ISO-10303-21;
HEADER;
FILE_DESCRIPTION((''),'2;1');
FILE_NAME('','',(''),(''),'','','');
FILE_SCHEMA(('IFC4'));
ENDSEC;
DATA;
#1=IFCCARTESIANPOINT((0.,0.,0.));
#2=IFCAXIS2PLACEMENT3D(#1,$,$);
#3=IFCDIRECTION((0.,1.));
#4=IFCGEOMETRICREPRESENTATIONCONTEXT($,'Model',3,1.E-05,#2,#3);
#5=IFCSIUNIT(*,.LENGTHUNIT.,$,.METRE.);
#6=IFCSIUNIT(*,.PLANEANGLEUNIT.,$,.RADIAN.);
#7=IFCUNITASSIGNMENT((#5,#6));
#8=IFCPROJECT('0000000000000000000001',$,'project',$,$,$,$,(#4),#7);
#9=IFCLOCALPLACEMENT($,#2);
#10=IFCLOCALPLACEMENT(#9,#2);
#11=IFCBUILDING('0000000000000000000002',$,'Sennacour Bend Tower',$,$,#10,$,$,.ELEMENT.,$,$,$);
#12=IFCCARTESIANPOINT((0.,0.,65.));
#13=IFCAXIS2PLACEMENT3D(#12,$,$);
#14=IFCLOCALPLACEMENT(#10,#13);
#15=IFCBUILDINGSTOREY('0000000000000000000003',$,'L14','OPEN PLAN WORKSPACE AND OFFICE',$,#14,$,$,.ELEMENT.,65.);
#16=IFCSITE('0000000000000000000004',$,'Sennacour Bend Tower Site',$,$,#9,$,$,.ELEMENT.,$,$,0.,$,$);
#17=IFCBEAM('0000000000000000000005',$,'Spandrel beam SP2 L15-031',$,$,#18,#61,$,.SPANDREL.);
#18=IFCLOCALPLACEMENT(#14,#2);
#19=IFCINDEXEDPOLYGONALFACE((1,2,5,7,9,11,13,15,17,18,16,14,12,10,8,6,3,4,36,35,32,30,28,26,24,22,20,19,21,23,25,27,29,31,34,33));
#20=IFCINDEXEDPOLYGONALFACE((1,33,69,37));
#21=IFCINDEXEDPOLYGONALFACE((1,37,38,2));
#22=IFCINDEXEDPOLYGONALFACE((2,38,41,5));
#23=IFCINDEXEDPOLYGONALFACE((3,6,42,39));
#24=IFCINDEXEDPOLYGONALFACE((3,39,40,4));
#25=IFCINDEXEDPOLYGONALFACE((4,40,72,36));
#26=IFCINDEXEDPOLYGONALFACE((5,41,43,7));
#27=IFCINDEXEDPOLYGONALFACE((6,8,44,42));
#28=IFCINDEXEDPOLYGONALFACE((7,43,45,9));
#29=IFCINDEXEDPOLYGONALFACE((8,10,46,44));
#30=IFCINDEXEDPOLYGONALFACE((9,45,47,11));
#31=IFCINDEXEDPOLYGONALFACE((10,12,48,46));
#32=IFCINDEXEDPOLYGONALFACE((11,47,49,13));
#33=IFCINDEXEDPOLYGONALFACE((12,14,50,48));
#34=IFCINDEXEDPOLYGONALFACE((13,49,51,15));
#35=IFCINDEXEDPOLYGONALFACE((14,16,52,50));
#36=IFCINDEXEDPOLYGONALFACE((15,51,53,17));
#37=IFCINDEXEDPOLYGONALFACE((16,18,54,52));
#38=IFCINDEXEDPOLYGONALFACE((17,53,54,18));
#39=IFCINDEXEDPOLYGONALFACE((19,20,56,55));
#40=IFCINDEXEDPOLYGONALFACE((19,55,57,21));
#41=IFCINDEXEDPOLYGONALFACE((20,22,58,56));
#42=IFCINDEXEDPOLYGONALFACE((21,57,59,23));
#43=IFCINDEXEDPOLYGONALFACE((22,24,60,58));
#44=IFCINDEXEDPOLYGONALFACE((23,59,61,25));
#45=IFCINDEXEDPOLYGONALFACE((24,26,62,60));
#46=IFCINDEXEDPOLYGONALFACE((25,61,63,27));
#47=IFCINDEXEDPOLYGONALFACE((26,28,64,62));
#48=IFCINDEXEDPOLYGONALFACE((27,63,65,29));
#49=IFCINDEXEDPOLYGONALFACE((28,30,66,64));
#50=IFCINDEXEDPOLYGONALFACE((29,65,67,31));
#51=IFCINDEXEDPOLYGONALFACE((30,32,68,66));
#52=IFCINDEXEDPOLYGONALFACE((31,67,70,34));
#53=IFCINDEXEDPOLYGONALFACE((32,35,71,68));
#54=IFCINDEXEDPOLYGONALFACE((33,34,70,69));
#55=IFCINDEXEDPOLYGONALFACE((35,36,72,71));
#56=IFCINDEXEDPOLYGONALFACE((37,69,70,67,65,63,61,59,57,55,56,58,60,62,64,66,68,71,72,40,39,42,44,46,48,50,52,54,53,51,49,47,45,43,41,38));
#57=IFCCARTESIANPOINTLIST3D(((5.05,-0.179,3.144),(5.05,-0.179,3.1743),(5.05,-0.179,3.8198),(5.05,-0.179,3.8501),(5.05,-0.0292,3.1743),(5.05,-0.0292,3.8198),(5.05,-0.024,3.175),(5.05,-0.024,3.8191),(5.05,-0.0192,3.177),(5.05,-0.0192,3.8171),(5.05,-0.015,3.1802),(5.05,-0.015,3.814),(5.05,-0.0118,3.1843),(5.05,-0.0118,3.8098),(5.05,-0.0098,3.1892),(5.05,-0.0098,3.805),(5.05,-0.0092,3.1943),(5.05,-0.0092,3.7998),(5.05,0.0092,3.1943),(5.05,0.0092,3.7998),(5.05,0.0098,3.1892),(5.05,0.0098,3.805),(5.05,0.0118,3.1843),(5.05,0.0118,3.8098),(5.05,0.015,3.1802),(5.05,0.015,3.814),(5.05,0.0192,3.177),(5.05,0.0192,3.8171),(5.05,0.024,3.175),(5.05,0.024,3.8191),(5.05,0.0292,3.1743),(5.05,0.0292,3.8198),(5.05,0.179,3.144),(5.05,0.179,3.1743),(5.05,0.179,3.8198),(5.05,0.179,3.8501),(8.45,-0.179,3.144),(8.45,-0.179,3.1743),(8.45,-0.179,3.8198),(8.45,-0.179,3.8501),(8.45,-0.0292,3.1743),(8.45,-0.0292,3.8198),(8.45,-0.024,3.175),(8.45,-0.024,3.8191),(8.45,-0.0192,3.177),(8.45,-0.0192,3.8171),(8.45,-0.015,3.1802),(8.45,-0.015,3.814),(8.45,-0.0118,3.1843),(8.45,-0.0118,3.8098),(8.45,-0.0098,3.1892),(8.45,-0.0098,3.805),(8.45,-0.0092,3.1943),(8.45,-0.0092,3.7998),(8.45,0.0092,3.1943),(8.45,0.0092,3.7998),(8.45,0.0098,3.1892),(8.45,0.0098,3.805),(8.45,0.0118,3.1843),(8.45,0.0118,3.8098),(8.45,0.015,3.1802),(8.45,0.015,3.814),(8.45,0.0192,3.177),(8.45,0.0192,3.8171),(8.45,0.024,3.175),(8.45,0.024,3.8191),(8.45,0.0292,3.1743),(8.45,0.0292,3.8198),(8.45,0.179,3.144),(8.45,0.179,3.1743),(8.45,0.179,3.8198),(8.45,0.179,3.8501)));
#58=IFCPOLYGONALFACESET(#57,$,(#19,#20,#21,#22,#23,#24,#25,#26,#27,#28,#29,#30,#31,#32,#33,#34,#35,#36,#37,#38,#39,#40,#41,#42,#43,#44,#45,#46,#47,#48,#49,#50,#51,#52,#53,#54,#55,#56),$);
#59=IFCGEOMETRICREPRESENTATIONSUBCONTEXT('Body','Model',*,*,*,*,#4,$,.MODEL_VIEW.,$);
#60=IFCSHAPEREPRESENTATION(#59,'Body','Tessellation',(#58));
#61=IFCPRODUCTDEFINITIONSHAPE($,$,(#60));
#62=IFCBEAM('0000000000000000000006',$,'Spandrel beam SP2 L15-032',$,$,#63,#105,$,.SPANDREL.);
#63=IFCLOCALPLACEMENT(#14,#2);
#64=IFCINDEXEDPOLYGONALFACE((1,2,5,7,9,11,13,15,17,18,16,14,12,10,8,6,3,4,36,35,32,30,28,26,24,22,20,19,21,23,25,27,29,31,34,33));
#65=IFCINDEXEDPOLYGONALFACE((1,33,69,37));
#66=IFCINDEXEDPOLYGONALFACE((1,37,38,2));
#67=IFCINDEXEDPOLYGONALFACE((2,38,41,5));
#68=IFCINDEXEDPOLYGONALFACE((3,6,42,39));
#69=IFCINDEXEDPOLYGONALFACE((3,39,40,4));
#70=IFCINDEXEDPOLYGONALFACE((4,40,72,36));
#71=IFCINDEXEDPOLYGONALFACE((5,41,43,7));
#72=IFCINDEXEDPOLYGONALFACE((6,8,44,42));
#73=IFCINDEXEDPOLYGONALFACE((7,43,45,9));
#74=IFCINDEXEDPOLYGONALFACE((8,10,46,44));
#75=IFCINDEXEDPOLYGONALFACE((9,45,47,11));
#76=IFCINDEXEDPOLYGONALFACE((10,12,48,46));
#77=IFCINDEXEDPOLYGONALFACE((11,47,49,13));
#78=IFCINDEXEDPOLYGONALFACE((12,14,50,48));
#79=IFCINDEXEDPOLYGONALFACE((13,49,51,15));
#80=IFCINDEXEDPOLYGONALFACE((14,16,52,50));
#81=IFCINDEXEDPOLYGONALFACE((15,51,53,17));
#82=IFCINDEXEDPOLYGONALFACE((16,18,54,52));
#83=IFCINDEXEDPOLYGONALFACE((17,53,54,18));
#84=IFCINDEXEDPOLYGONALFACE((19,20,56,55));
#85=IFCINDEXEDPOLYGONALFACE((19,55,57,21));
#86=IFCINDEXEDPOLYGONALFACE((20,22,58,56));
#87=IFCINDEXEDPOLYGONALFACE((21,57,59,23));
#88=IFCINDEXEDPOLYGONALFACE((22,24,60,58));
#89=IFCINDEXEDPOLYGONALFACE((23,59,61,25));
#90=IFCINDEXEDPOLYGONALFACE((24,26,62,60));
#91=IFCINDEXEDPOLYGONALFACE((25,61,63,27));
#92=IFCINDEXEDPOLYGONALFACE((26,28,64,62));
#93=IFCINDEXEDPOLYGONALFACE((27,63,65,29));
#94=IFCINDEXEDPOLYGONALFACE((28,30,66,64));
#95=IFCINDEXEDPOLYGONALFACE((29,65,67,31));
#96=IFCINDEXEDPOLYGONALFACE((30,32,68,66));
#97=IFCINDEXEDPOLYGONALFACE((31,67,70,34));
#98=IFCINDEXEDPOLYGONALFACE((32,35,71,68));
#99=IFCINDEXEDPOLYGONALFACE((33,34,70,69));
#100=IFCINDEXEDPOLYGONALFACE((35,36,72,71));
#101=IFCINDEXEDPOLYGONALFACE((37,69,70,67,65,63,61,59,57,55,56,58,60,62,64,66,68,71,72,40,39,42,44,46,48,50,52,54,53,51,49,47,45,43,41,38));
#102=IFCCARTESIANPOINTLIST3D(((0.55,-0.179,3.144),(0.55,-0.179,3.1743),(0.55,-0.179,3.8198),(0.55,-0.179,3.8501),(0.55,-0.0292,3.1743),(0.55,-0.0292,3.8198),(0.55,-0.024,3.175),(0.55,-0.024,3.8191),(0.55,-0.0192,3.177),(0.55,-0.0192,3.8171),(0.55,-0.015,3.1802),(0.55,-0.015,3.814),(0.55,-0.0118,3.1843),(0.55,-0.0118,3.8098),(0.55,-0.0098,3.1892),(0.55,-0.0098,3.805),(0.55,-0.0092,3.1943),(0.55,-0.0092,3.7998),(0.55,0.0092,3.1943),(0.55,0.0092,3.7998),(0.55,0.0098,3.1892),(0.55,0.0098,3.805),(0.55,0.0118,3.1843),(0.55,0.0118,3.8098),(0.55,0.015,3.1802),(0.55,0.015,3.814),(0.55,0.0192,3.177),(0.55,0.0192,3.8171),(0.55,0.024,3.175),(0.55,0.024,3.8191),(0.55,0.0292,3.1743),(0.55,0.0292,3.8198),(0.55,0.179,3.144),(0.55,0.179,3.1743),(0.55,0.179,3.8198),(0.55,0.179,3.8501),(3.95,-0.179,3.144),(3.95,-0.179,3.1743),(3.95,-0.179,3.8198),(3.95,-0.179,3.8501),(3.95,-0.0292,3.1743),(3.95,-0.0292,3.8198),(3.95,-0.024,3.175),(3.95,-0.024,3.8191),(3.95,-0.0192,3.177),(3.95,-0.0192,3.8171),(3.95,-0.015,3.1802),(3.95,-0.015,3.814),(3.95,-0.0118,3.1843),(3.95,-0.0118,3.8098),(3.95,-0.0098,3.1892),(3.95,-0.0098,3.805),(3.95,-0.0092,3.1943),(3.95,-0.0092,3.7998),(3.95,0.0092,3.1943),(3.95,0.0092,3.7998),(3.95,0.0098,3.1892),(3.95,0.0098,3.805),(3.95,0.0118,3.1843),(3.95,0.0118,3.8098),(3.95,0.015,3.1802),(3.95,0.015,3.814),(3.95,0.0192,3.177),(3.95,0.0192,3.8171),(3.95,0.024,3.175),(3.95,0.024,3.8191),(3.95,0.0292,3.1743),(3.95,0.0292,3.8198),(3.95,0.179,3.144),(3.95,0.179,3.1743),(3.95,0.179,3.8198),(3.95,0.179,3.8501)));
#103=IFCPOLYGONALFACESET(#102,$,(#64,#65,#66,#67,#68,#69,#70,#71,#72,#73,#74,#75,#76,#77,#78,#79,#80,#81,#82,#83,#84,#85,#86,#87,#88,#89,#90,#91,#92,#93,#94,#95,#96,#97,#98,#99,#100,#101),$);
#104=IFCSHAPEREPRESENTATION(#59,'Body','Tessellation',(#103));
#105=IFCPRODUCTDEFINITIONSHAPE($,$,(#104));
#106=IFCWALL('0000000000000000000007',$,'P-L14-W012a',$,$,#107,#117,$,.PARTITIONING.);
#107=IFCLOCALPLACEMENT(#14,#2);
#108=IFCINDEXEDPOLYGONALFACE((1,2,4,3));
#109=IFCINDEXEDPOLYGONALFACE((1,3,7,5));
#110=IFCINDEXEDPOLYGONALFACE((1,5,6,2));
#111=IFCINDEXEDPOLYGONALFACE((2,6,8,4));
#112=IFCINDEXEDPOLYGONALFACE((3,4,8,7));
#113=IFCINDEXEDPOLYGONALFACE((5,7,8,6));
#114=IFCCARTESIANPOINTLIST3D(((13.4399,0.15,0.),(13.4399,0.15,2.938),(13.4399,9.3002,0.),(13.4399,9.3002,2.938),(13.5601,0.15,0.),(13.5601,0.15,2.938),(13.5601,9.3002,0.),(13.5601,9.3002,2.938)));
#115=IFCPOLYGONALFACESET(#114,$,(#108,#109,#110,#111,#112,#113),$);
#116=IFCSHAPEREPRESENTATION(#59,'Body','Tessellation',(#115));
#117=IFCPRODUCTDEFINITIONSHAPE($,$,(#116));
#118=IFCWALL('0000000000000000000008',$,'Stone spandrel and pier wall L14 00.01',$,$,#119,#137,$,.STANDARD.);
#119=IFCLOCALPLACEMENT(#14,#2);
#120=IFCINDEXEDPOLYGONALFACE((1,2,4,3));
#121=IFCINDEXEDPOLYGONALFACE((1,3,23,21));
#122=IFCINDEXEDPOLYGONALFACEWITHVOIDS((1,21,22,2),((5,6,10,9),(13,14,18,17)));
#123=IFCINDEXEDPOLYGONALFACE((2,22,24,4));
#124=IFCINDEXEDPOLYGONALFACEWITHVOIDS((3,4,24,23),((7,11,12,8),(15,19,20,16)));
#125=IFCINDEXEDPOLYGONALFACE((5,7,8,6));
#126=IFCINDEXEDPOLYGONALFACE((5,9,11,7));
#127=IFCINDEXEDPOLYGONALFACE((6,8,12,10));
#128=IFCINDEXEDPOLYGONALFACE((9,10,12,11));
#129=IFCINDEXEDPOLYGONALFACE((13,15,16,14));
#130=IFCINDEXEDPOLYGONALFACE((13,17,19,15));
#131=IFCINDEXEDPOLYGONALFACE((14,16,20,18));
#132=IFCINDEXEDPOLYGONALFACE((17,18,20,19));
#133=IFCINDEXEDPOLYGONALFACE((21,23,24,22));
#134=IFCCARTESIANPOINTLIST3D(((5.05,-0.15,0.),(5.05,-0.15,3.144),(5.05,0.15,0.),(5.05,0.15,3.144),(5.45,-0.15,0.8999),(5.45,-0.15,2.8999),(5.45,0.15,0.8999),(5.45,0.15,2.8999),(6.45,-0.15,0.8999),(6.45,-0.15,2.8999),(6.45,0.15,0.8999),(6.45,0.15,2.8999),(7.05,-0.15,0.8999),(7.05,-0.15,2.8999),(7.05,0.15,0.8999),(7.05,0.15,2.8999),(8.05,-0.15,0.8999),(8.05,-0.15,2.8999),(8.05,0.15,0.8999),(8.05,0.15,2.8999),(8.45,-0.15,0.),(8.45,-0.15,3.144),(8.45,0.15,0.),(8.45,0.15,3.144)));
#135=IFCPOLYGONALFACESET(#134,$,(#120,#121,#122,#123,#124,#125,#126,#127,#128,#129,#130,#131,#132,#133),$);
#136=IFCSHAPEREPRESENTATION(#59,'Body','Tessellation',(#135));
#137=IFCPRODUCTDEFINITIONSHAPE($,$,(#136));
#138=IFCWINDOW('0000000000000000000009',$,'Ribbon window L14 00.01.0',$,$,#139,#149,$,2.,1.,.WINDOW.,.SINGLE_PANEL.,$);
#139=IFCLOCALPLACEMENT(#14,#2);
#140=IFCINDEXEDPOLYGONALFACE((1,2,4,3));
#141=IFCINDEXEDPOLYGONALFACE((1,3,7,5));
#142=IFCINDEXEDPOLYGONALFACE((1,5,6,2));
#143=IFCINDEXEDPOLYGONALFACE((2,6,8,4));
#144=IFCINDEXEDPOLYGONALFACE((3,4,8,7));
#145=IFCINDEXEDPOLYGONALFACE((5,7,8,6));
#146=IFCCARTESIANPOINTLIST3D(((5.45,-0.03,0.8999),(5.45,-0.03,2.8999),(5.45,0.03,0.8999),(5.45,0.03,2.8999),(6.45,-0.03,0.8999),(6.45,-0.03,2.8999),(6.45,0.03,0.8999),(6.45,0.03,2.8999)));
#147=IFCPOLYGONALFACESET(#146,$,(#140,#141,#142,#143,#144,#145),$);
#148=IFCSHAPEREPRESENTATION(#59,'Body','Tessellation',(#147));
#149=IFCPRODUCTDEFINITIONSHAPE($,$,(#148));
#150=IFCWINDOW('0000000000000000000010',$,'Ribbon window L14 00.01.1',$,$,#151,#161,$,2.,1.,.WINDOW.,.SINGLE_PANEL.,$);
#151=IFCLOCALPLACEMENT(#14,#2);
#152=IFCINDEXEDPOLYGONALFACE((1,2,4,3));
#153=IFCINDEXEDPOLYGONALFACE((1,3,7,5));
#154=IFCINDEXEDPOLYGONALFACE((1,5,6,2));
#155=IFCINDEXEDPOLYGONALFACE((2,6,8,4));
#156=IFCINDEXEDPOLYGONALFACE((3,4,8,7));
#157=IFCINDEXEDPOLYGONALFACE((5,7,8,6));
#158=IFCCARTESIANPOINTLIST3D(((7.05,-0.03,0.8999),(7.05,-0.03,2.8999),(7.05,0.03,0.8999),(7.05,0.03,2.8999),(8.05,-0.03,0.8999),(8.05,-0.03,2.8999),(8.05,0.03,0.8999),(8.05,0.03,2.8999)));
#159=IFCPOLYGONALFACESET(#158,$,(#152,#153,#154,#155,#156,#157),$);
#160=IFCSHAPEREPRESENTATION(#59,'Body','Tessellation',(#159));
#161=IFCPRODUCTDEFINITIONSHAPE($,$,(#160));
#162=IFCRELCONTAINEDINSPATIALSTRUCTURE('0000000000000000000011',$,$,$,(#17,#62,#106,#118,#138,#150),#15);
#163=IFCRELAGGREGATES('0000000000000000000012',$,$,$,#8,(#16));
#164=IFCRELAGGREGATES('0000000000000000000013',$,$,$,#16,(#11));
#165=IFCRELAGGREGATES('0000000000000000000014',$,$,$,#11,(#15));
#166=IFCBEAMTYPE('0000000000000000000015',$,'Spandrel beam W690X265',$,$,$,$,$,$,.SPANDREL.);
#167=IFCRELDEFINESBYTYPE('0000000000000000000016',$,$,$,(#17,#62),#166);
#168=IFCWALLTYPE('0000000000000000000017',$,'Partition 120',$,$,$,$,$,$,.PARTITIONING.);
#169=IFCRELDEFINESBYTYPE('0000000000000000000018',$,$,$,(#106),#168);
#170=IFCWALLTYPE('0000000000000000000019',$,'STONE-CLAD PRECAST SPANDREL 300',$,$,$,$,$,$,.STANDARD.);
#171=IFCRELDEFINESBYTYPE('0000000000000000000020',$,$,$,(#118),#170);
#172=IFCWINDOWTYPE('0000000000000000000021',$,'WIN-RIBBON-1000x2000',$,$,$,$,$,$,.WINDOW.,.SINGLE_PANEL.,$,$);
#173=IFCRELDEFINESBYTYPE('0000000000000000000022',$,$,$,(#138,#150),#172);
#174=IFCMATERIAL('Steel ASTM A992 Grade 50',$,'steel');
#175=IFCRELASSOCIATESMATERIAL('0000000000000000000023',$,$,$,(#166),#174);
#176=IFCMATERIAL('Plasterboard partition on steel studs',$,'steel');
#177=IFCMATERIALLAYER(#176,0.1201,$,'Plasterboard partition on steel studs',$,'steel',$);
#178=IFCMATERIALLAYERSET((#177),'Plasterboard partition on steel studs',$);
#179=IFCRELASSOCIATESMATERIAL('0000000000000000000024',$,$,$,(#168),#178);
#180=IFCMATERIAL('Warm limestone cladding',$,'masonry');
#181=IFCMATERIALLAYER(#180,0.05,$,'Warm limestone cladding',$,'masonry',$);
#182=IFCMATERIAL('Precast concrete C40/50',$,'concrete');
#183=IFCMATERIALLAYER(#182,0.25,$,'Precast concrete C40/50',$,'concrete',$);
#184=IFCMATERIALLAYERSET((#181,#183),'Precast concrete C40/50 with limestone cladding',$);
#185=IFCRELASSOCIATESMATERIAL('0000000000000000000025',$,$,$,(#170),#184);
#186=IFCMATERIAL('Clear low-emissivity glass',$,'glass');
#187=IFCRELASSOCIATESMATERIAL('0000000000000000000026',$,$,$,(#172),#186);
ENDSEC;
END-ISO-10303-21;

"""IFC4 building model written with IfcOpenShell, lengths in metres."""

from ifc_helpers import new_model, si_unit, direction, frame, frame_2d, origin, origin_2d, place, context, subcontext, project, spatial, rectangle, i_section, extrude, material, layer, layer_set, material_profile, profile_set, type_object, element, fill, save


model = new_model("IFC4")

# Units and contexts
model_context = context("Model", 3, precision=1e-05, world=origin(), true_north=direction((0.0, 1.0)))
body_context = subcontext(model_context, "Body", "Model", "MODEL_VIEW")
ifc_project = project(units=[si_unit("LENGTHUNIT", "METRE"), si_unit("PLANEANGLEUNIT", "RADIAN")], contexts=[model_context])

# Site, building, storey
site_placement = place(None, origin())
site = spatial("IfcSite", under=ifc_project, at=site_placement, Name="Sennacour Bend Tower Site", CompositionType="ELEMENT", RefElevation=0.0)
building_placement = place(site_placement, origin())
building = spatial("IfcBuilding", under=site, at=building_placement, Name="Sennacour Bend Tower", CompositionType="ELEMENT")
storey_placement = place(building_placement, frame((0.0, 0.0, 65.0)))
storey = spatial("IfcBuildingStorey", under=building, at=storey_placement, Name="L14", Description="OPEN PLAN WORKSPACE AND OFFICE", CompositionType="ELEMENT", Elevation=65.0)

# Beams
ifc_material_1 = material(Name="Steel ASTM A992 Grade 50", Category="steel")
ifc_material_profile_1 = material_profile(ifc_material_1, i_section(OverallWidth=0.3579, OverallDepth=0.7061, WebThickness=0.0183, FlangeThickness=0.0303, FilletRadius=0.02, at=origin_2d()), Name="Steel ASTM A992 Grade 50", Category="steel")
ifc_profile_set_1 = profile_set([ifc_material_profile_1], Name="Steel ASTM A992 Grade 50")
beam_type_1 = type_object("IfcBeamType", Name="Spandrel beam W690X265", PredefinedType="SPANDREL", material=ifc_profile_set_1)
for number, where, z_axis, x_axis, name in (
    (1, (8.45, 0.0, 3.4971), (-1.0, 0.0, 0.0), (0.0, -1.0, 0.0), "Spandrel beam SP2 L15-031"),
    (2, (3.95, 0.0, 3.4971), (-1.0, 0.0, 0.0), (0.0, -1.0, 0.0), "Spandrel beam SP2 L15-032"),
):
    element("IfcBeam", number, at=place(storey_placement, frame(where, z_axis=z_axis, x_axis=x_axis)), inside=storey, type_object=beam_type_1, Name=name, PredefinedType="SPANDREL", context=body_context, shape_type="SweptSolid", body=[
        extrude(i_section(OverallWidth=0.3579, OverallDepth=0.7061, WebThickness=0.0183, FlangeThickness=0.0303, FilletRadius=0.02, at=origin_2d()), origin(), (0.0, 0.0, 1.0), 3.3999),
    ])

# Wall
ifc_material_2 = material(Name="Plasterboard partition on steel studs", Category="steel")
ifc_layer_1 = layer(ifc_material_2, 0.1201, Name="Plasterboard partition on steel studs", Category="steel")
ifc_layer_set_1 = layer_set([ifc_layer_1], Name="Plasterboard partition on steel studs")
wall_type_1 = type_object("IfcWallType", Name="Partition 120", PredefinedType="PARTITIONING", material=ifc_layer_set_1)
wall_1_placement = place(storey_placement, frame((13.5, 0.1499, 0.0), z_axis=(0.0, 0.0, 1.0), x_axis=(0.0, 1.0, 0.0)))
element("IfcWall", 3, at=wall_1_placement, inside=storey, type_object=wall_type_1, Name="P-L14-W012a", PredefinedType="PARTITIONING", context=body_context, shape_type="SweptSolid", body=[
    extrude(rectangle(XDim=9.1501, YDim=0.1201, at=frame_2d((4.5752, 0.0))), origin(), (0.0, 0.0, 1.0), 2.938),
])

# Wall, openings, windows
ifc_material_3 = material(Name="Warm limestone cladding", Category="masonry")
ifc_layer_2 = layer(ifc_material_3, 0.05, Name="Warm limestone cladding", Category="masonry")
ifc_material_4 = material(Name="Precast concrete C40/50", Category="concrete")
ifc_layer_3 = layer(ifc_material_4, 0.25, Name="Precast concrete C40/50", Category="concrete")
ifc_layer_set_2 = layer_set([ifc_layer_2, ifc_layer_3], Name="Precast concrete C40/50 with limestone cladding")
wall_type_2 = type_object("IfcWallType", Name="STONE-CLAD PRECAST SPANDREL 300", PredefinedType="STANDARD", material=ifc_layer_set_2)
wall_2_placement = place(storey_placement, frame((5.05, 0.0, 0.0), z_axis=(0.0, 0.0, 1.0), x_axis=(1.0, 0.0, 0.0)))
wall_2 = element("IfcWall", 4, at=wall_2_placement, inside=storey, type_object=wall_type_2, Name="Stone spandrel and pier wall L14 00.01", PredefinedType="STANDARD", context=body_context, shape_type="SweptSolid", body=[
    extrude(rectangle(XDim=3.3999, YDim=0.3, at=frame_2d((1.7, 0.0))), origin(), (0.0, 0.0, 1.0), 3.144),
])
opening_1_placement = place(wall_2_placement, frame((0.3999, 0.0, 0.8999)))
opening_1 = element("IfcOpeningElement", 5, at=opening_1_placement, cuts=wall_2, PredefinedType="OPENING", context=body_context, shape_type="SweptSolid", body=[
    extrude(rectangle(XDim=1.0, YDim=2.0, at=frame_2d((0.5, 1.0))), frame((0.0, 0.1602, 0.0), z_axis=(0.0, -1.0, 0.0), x_axis=(1.0, 0.0, 0.0)), (0.0, 0.0, 1.0), 0.3201),
])
opening_2_placement = place(wall_2_placement, frame((2.0, 0.0, 0.8999)))
opening_2 = element("IfcOpeningElement", 6, at=opening_2_placement, cuts=wall_2, PredefinedType="OPENING", context=body_context, shape_type="SweptSolid", body=[
    extrude(rectangle(XDim=1.0, YDim=2.0, at=frame_2d((0.5, 1.0))), frame((0.0, 0.1602, 0.0), z_axis=(0.0, -1.0, 0.0), x_axis=(1.0, 0.0, 0.0)), (0.0, 0.0, 1.0), 0.3201),
])
ifc_material_5 = material(Name="Clear low-emissivity glass", Category="glass")
window_type = type_object("IfcWindowType", Name="WIN-RIBBON-1000x2000", PartitioningType="SINGLE_PANEL", PredefinedType="WINDOW", material=ifc_material_5)
window_1_placement = place(opening_1_placement, origin())
window_1 = element("IfcWindow", 7, at=window_1_placement, inside=storey, type_object=window_type, Name="Ribbon window L14 00.01.0", OverallHeight=2.0, OverallWidth=1.0, PartitioningType="SINGLE_PANEL", PredefinedType="WINDOW", context=body_context, shape_type="SweptSolid", body=[
    extrude(rectangle(XDim=1.0, YDim=2.0, at=frame_2d((0.5, 1.0))), frame((0.0, 0.03, 0.0), z_axis=(0.0, -1.0, 0.0), x_axis=(1.0, 0.0, 0.0)), (0.0, 0.0, 1.0), 0.0601),
])
fill(opening_1, window_1)
window_2_placement = place(opening_2_placement, origin())
window_2 = element("IfcWindow", 8, at=window_2_placement, inside=storey, type_object=window_type, Name="Ribbon window L14 00.01.1", OverallHeight=2.0, OverallWidth=1.0, PartitioningType="SINGLE_PANEL", PredefinedType="WINDOW", context=body_context, shape_type="SweptSolid", body=[
    extrude(rectangle(XDim=1.0, YDim=2.0, at=frame_2d((0.5, 1.0))), frame((0.0, 0.03, 0.0), z_axis=(0.0, -1.0, 0.0), x_axis=(1.0, 0.0, 0.0)), (0.0, 0.0, 1.0), 0.0601),
])
fill(opening_2, window_2)

save(model, "model.ifc")
